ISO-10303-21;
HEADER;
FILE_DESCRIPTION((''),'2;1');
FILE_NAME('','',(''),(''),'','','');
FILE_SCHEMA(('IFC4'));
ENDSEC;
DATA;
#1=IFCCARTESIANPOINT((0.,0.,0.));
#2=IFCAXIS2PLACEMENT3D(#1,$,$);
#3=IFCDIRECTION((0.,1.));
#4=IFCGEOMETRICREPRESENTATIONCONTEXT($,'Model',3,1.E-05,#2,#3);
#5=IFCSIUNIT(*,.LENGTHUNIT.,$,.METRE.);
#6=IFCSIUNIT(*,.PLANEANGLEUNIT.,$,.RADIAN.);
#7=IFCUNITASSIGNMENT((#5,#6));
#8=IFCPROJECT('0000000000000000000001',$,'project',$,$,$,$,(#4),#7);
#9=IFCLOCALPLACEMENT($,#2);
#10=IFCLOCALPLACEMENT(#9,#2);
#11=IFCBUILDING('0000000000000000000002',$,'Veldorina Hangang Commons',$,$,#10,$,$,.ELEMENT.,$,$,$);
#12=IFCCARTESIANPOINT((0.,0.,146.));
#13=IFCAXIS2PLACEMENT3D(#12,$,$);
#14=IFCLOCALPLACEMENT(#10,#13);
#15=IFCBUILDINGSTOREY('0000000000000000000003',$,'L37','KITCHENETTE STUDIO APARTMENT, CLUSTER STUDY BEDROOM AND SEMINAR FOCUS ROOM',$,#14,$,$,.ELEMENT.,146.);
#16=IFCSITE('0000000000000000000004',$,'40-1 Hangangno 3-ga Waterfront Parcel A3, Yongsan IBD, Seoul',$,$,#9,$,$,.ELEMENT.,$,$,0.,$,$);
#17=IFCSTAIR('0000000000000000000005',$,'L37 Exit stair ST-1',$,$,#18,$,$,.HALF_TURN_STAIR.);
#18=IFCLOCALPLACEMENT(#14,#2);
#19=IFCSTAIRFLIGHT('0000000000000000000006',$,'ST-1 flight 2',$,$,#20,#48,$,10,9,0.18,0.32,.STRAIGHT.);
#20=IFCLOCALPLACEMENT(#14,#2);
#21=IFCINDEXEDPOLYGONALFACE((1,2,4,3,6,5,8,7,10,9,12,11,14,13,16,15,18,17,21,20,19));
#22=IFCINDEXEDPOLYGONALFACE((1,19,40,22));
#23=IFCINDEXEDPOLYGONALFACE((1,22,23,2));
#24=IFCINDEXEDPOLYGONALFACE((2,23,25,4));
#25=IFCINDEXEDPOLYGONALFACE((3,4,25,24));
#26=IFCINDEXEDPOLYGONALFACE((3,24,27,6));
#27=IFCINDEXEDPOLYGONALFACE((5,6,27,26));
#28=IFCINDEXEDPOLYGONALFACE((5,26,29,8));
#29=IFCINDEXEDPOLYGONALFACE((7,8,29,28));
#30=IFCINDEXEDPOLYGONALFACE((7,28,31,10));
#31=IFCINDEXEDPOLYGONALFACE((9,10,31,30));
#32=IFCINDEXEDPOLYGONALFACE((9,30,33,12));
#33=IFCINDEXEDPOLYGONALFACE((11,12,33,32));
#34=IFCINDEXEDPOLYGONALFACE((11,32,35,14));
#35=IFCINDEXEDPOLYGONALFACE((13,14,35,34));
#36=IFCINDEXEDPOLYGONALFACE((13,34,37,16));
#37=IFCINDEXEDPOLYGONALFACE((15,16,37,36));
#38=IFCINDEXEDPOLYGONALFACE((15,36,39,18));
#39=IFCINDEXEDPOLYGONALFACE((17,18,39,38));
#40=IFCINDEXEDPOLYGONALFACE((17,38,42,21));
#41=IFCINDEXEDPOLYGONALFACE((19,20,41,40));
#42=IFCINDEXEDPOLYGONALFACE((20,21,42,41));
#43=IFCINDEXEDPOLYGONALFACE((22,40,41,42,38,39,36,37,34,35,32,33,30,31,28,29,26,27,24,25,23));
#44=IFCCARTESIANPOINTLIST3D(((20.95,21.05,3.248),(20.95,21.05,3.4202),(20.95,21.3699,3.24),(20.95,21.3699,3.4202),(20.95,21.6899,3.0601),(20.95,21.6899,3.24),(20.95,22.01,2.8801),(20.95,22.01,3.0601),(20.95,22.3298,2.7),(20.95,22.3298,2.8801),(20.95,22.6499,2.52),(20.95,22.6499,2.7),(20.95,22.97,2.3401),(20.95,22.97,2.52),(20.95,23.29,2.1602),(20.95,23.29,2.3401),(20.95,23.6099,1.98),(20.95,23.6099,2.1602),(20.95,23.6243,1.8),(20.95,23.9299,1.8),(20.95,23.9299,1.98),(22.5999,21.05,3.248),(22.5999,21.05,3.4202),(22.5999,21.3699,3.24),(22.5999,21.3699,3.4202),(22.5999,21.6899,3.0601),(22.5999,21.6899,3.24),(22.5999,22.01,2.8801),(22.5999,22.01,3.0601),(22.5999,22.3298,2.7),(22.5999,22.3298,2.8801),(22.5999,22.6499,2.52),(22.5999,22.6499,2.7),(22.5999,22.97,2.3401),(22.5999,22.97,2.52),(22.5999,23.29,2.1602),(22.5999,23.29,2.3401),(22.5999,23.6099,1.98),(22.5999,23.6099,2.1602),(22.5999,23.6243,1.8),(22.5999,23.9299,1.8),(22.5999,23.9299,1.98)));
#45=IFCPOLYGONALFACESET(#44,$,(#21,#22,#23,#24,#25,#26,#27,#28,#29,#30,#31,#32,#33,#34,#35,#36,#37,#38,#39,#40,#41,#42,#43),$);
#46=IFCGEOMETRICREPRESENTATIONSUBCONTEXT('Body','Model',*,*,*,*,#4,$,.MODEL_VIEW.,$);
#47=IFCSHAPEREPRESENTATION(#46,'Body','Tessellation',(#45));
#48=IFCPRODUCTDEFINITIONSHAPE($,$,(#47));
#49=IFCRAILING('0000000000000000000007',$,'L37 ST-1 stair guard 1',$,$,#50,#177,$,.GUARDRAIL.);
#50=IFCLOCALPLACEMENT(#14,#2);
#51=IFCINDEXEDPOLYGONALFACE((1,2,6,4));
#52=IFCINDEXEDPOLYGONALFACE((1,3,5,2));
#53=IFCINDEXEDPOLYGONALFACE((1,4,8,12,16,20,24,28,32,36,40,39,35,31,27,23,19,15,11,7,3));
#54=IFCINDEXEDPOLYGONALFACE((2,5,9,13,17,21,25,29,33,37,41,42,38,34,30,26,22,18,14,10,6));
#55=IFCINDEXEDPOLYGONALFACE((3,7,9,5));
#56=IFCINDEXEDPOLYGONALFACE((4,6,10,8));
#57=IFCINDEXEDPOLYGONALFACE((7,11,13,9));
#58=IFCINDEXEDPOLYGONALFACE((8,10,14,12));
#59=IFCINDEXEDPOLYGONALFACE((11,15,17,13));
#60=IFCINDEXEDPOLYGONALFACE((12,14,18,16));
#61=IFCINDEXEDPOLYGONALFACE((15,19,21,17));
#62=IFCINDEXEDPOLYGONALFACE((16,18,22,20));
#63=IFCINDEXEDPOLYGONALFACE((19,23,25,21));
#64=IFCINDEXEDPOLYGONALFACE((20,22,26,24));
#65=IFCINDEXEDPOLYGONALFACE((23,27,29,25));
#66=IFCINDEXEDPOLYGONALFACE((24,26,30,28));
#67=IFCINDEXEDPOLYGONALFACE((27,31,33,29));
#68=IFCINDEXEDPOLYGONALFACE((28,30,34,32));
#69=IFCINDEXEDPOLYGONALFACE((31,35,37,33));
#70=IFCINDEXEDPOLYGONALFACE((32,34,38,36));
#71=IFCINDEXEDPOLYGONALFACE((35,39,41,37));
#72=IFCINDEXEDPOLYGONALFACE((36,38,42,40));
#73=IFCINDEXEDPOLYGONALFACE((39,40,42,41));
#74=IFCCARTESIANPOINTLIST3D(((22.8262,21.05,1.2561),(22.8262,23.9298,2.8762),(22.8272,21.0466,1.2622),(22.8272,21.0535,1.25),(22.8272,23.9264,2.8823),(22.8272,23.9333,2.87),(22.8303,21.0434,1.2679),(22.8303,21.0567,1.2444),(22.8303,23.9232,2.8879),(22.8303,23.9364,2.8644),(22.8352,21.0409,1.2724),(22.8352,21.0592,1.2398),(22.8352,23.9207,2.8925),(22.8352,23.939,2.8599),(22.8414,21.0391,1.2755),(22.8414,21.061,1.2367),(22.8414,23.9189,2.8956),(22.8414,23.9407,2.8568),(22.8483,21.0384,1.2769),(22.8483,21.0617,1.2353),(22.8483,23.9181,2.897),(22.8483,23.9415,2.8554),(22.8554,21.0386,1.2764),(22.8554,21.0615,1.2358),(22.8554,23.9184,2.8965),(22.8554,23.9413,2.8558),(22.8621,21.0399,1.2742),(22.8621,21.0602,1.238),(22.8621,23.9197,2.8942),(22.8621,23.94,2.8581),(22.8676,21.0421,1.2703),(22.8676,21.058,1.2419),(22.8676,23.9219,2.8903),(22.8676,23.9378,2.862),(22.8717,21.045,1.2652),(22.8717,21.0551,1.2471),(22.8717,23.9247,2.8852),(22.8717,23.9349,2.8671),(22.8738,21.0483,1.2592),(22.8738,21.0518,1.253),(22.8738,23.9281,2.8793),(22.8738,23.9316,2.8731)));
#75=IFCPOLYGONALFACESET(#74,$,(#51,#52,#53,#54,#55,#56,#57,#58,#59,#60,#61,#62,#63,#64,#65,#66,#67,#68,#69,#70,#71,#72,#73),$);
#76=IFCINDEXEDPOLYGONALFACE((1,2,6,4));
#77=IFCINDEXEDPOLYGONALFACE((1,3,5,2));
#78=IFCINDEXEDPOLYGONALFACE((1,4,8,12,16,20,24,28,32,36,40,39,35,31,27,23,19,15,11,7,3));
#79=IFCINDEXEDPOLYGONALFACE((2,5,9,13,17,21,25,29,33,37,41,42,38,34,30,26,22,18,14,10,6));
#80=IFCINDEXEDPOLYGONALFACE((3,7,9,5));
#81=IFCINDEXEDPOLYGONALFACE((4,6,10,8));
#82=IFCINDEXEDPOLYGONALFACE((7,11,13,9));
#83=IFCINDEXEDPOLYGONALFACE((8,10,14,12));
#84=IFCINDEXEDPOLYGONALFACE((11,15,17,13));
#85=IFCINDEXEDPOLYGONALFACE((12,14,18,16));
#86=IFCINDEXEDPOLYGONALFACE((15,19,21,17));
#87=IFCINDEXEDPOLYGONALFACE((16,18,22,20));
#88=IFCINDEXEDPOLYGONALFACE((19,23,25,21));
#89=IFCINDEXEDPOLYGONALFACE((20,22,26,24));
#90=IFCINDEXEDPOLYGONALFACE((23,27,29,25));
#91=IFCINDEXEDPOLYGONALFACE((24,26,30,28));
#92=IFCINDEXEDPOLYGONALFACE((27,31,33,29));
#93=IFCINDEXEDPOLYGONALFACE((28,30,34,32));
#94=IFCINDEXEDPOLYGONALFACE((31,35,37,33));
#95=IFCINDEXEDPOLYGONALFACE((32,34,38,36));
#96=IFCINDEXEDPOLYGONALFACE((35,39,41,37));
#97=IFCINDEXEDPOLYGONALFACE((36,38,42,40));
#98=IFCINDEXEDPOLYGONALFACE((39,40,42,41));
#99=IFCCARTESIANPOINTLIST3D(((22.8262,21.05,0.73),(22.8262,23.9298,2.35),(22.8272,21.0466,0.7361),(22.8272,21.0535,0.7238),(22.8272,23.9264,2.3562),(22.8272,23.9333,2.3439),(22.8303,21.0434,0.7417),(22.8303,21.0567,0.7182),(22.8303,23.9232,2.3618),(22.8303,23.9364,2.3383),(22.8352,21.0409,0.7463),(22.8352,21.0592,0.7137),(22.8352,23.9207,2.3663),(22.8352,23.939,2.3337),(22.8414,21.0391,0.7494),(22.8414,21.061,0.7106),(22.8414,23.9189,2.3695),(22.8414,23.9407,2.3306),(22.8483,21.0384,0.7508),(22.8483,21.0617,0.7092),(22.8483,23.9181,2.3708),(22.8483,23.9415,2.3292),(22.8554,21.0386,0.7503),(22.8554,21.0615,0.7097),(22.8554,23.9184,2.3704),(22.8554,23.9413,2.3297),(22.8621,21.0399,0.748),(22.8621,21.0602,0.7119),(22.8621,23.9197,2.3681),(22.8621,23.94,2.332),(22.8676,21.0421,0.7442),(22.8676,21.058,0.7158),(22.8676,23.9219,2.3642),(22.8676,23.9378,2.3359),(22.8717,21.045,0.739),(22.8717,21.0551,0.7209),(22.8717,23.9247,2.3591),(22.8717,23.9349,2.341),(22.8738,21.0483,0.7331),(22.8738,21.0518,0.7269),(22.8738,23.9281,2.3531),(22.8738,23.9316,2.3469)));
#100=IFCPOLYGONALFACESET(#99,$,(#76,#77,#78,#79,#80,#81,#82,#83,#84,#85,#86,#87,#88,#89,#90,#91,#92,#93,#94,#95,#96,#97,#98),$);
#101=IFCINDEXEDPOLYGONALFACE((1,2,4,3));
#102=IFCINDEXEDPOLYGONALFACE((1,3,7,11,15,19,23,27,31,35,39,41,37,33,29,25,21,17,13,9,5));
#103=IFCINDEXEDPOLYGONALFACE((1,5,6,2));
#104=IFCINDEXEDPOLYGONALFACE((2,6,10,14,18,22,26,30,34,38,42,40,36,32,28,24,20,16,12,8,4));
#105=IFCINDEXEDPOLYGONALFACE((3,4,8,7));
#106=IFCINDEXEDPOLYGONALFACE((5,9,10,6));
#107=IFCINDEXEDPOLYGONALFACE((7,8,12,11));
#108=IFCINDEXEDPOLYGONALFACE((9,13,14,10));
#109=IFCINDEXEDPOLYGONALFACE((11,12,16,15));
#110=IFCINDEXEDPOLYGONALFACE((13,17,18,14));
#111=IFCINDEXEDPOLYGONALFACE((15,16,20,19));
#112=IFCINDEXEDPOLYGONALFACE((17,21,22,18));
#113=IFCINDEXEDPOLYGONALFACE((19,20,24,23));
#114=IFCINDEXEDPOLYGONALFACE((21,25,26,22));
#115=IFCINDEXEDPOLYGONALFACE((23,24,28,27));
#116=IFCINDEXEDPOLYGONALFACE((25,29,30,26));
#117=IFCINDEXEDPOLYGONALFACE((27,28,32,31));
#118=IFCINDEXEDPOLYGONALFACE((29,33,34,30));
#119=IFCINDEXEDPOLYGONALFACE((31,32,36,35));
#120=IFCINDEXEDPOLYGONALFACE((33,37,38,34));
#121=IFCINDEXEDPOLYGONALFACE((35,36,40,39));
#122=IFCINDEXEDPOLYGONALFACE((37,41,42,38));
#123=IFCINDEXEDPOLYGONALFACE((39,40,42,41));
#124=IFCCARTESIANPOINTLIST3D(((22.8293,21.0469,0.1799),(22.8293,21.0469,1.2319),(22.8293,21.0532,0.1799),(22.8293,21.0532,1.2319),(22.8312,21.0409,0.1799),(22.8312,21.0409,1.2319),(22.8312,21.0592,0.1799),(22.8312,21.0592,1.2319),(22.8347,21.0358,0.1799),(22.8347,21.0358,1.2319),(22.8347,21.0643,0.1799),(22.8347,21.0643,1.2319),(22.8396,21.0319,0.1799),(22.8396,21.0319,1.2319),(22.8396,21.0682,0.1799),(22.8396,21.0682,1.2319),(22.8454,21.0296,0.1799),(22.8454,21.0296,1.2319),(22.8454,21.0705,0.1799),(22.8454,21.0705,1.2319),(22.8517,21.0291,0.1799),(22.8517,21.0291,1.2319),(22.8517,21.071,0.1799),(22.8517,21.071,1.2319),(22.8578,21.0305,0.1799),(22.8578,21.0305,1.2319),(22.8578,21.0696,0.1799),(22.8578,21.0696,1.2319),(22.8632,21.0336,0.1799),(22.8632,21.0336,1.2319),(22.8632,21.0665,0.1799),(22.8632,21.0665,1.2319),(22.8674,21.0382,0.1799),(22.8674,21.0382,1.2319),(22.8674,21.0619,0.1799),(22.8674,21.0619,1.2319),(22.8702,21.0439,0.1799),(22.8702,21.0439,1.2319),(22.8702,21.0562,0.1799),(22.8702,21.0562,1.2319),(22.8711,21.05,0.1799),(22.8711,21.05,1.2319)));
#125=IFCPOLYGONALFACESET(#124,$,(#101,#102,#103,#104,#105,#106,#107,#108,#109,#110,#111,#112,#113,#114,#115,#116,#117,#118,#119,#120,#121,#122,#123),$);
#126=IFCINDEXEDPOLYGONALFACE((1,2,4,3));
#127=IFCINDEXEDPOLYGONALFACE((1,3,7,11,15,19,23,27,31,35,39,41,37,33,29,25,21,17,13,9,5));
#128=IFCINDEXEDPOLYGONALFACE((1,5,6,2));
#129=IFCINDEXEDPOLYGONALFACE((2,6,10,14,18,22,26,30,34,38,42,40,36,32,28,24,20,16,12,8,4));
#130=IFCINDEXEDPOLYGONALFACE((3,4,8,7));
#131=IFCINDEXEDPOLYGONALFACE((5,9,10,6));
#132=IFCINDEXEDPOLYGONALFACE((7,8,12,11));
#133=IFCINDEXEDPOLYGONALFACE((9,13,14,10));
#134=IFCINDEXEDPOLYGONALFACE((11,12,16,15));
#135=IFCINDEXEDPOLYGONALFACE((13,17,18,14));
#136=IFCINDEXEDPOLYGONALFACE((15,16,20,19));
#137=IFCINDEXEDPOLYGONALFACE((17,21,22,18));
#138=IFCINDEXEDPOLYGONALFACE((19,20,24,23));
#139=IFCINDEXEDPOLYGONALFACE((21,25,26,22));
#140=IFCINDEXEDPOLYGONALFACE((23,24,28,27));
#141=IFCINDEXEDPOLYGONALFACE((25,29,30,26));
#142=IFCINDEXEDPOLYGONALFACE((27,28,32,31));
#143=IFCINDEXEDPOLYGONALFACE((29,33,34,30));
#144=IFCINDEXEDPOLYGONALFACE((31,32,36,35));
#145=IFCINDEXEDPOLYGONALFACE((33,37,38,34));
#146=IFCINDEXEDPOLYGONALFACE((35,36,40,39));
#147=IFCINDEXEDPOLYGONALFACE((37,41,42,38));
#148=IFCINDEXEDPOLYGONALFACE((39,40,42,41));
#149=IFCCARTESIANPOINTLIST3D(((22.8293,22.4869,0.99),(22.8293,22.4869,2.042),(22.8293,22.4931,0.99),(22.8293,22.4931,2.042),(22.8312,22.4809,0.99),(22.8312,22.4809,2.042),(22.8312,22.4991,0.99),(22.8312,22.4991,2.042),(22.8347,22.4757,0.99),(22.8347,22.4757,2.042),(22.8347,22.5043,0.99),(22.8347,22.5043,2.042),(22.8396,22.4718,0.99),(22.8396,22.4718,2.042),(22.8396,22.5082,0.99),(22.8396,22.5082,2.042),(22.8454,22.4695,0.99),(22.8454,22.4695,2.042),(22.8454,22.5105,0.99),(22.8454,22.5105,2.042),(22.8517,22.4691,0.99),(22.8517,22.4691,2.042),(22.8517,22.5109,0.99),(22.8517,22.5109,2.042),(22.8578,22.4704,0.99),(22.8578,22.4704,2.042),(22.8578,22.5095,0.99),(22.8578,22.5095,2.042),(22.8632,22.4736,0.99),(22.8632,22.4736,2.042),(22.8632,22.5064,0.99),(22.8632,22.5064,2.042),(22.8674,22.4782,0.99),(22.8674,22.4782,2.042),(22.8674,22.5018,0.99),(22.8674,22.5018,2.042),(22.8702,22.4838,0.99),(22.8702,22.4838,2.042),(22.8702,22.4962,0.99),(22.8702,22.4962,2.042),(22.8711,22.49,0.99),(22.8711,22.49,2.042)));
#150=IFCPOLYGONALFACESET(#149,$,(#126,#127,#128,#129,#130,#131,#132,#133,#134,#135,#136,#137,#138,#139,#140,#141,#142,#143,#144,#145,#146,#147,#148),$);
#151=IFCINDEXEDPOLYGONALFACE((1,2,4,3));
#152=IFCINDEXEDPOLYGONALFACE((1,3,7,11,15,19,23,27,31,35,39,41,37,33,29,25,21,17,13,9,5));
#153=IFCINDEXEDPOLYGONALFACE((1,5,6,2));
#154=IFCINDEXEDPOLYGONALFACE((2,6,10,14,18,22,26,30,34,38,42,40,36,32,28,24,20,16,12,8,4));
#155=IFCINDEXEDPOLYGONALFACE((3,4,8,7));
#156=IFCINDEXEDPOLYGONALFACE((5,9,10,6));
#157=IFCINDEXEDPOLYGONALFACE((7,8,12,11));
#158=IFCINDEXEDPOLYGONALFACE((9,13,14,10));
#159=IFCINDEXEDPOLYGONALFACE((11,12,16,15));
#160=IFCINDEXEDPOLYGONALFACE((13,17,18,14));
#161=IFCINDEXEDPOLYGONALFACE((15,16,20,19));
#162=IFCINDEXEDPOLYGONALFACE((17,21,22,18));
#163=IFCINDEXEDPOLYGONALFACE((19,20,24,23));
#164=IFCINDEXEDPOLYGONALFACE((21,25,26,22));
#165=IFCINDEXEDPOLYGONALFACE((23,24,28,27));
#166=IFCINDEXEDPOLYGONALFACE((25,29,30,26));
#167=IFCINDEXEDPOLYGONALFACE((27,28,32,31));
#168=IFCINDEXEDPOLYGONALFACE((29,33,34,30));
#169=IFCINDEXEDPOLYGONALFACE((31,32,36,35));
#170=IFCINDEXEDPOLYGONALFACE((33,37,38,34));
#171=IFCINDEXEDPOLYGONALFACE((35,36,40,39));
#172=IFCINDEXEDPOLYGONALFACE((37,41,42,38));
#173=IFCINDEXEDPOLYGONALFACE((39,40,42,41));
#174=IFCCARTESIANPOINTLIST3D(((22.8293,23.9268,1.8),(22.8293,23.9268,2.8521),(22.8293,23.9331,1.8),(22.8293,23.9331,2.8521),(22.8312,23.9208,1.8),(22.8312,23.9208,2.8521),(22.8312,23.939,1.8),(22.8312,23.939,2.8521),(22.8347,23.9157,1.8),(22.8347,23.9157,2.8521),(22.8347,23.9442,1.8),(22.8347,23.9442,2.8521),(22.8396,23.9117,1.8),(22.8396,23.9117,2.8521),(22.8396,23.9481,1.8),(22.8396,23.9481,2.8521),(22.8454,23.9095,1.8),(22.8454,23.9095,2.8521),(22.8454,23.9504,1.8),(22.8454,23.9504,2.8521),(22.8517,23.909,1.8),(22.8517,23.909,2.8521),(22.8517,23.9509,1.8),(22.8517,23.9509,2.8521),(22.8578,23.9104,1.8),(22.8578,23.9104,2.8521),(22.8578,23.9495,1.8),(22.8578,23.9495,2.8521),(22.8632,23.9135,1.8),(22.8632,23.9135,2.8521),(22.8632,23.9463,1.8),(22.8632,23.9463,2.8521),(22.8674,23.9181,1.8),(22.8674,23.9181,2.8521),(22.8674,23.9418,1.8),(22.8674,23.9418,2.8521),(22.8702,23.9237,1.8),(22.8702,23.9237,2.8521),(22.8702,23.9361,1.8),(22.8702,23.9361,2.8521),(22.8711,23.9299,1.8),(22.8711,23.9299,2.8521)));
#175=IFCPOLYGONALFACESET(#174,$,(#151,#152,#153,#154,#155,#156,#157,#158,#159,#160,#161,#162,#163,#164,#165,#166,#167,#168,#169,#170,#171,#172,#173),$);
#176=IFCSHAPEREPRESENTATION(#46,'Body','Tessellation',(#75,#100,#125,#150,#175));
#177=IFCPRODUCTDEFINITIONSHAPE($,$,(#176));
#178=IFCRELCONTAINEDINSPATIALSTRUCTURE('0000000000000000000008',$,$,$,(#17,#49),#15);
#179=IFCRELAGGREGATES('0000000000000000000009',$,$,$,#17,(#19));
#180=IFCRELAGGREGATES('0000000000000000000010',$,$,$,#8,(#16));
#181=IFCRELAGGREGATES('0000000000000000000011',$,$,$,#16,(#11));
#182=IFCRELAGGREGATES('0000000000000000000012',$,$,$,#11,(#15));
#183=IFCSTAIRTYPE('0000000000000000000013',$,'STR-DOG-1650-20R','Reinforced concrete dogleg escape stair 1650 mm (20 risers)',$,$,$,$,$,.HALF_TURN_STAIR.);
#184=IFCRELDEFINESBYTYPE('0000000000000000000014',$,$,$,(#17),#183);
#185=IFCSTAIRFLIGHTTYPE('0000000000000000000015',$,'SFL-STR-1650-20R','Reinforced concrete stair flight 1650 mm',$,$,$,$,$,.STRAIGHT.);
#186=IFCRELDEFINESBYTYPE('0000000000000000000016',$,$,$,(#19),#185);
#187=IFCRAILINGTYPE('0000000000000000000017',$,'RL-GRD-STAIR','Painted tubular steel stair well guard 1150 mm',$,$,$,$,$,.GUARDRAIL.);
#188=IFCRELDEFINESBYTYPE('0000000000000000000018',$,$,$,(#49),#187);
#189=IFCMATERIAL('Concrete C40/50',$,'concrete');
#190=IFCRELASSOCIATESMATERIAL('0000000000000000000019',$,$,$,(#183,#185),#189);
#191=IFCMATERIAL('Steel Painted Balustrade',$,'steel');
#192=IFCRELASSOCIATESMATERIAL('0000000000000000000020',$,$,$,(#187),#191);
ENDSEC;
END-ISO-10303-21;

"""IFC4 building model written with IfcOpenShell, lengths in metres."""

from ifc_helpers import new_model, si_unit, direction, frame, origin, origin_2d, place, context, subcontext, project, spatial, polyline, circle, outline, extrude, material, type_object, element, aggregate, save


model = new_model("IFC4")

# Units and contexts
model_context = context("Model", 3, precision=1e-05, world=origin(), true_north=direction((0.0, 1.0)))
body_context = subcontext(model_context, "Body", "Model", "MODEL_VIEW")
ifc_project = project(units=[si_unit("LENGTHUNIT", "METRE"), si_unit("PLANEANGLEUNIT", "RADIAN")], contexts=[model_context])

# Site, building, storey
site_placement = place(None, origin())
site = spatial("IfcSite", under=ifc_project, at=site_placement, Name="40-1 Hangangno 3-ga Waterfront Parcel A3, Yongsan IBD, Seoul", CompositionType="ELEMENT", RefElevation=0.0)
building_placement = place(site_placement, origin())
building = spatial("IfcBuilding", under=site, at=building_placement, Name="Veldorina Hangang Commons", CompositionType="ELEMENT")
storey_placement = place(building_placement, frame((0.0, 0.0, 146.0)))
storey = spatial("IfcBuildingStorey", under=building, at=storey_placement, Name="L37", Description="KITCHENETTE STUDIO APARTMENT, CLUSTER STUDY BEDROOM AND SEMINAR FOCUS ROOM", CompositionType="ELEMENT", Elevation=146.0)

# Stair, stair flight
ifc_material_1 = material(Name="Concrete C40/50", Category="concrete")
stair_type = type_object("IfcStairType", Name="STR-DOG-1650-20R", Description="Reinforced concrete dogleg escape stair 1650 mm (20 risers)", PredefinedType="HALF_TURN_STAIR", material=ifc_material_1)
stair_placement = place(storey_placement, origin())
stair = element("IfcStair", 1, at=stair_placement, inside=storey, type_object=stair_type, Name="L37 Exit stair ST-1", PredefinedType="HALF_TURN_STAIR")
stair_flight_type = type_object("IfcStairFlightType", Name="SFL-STR-1650-20R", Description="Reinforced concrete stair flight 1650 mm", PredefinedType="STRAIGHT", material=ifc_material_1)
stair_flight_1_placement = place(storey_placement, frame((21.7749, 23.9299, 1.8), z_axis=(0.0, 0.0, 1.0), x_axis=(0.0, -1.0, 0.0)))
stair_flight_1 = element("IfcStairFlight", 2, at=stair_flight_1_placement, type_object=stair_flight_type, Name="ST-1 flight 2", NumberOfRisers=10, NumberOfTreads=9, PredefinedType="STRAIGHT", RiserHeight=0.18, TreadLength=0.32, context=body_context, shape_type="SweptSolid", body=[
    extrude(outline(polyline([(0.0, 0.0), (0.0, 0.1799), (0.3201, 0.1799), (0.3201, 0.3601), (0.6399, 0.3601), (0.6399, 0.54), (0.96, 0.54), (0.96, 0.72), (1.28, 0.72), (1.28, 0.8999), (1.6001, 0.8999), (1.6001, 1.0801), (1.9199, 1.0801), (1.9199, 1.26), (2.24, 1.26), (2.24, 1.4399), (2.5601, 1.4399), (2.5601, 1.6201), (2.8799, 1.6201), (2.8799, 1.8), (2.8799, 1.448), (0.3057, 0.0), (0.0, 0.0)])), frame((0.0, 0.825, 0.0), z_axis=(0.0, -1.0, 0.0), x_axis=(1.0, 0.0, 0.0)), (0.0, 0.0, 1.0), 1.6499),
])
aggregate(stair, [stair_flight_1])

# Railing
ifc_material_2 = material(Name="Steel Painted Balustrade", Category="steel")
railing_type_1 = type_object("IfcRailingType", Name="RL-GRD-STAIR", Description="Painted tubular steel stair well guard 1150 mm", PredefinedType="GUARDRAIL", material=ifc_material_2)
railing_1_placement = place(storey_placement, frame((22.8501, 21.05, 0.1799)))
element("IfcRailing", 3, at=railing_1_placement, inside=storey, type_object=railing_type_1, Name="L37 ST-1 stair guard 1", PredefinedType="GUARDRAIL", context=body_context, shape_type="SweptSolid", body=[
    extrude(circle(Radius=0.0239, at=origin_2d()), frame((0.0, 0.0, 1.0762), z_axis=(0.0, 0.871552, 0.490303), x_axis=(-1.0, 0.0, 0.0)), (0.0, 0.0, 1.0), 3.3042),
    extrude(circle(Radius=0.0239, at=origin_2d()), frame((0.0, 0.0, 0.55), z_axis=(0.0, 0.871552, 0.490303), x_axis=(-1.0, 0.0, 0.0)), (0.0, 0.0, 1.0), 3.3042),
    extrude(circle(Radius=0.021, at=origin_2d()), origin(), (0.0, 0.0, 1.0), 1.052),
    extrude(circle(Radius=0.021, at=origin_2d()), frame((0.0, 1.4399, 0.8101)), (0.0, 0.0, 1.0), 1.052),
    extrude(circle(Radius=0.021, at=origin_2d()), frame((0.0, 2.8799, 1.6201)), (0.0, 0.0, 1.0), 1.052),
])

save(model, "model.ifc")
